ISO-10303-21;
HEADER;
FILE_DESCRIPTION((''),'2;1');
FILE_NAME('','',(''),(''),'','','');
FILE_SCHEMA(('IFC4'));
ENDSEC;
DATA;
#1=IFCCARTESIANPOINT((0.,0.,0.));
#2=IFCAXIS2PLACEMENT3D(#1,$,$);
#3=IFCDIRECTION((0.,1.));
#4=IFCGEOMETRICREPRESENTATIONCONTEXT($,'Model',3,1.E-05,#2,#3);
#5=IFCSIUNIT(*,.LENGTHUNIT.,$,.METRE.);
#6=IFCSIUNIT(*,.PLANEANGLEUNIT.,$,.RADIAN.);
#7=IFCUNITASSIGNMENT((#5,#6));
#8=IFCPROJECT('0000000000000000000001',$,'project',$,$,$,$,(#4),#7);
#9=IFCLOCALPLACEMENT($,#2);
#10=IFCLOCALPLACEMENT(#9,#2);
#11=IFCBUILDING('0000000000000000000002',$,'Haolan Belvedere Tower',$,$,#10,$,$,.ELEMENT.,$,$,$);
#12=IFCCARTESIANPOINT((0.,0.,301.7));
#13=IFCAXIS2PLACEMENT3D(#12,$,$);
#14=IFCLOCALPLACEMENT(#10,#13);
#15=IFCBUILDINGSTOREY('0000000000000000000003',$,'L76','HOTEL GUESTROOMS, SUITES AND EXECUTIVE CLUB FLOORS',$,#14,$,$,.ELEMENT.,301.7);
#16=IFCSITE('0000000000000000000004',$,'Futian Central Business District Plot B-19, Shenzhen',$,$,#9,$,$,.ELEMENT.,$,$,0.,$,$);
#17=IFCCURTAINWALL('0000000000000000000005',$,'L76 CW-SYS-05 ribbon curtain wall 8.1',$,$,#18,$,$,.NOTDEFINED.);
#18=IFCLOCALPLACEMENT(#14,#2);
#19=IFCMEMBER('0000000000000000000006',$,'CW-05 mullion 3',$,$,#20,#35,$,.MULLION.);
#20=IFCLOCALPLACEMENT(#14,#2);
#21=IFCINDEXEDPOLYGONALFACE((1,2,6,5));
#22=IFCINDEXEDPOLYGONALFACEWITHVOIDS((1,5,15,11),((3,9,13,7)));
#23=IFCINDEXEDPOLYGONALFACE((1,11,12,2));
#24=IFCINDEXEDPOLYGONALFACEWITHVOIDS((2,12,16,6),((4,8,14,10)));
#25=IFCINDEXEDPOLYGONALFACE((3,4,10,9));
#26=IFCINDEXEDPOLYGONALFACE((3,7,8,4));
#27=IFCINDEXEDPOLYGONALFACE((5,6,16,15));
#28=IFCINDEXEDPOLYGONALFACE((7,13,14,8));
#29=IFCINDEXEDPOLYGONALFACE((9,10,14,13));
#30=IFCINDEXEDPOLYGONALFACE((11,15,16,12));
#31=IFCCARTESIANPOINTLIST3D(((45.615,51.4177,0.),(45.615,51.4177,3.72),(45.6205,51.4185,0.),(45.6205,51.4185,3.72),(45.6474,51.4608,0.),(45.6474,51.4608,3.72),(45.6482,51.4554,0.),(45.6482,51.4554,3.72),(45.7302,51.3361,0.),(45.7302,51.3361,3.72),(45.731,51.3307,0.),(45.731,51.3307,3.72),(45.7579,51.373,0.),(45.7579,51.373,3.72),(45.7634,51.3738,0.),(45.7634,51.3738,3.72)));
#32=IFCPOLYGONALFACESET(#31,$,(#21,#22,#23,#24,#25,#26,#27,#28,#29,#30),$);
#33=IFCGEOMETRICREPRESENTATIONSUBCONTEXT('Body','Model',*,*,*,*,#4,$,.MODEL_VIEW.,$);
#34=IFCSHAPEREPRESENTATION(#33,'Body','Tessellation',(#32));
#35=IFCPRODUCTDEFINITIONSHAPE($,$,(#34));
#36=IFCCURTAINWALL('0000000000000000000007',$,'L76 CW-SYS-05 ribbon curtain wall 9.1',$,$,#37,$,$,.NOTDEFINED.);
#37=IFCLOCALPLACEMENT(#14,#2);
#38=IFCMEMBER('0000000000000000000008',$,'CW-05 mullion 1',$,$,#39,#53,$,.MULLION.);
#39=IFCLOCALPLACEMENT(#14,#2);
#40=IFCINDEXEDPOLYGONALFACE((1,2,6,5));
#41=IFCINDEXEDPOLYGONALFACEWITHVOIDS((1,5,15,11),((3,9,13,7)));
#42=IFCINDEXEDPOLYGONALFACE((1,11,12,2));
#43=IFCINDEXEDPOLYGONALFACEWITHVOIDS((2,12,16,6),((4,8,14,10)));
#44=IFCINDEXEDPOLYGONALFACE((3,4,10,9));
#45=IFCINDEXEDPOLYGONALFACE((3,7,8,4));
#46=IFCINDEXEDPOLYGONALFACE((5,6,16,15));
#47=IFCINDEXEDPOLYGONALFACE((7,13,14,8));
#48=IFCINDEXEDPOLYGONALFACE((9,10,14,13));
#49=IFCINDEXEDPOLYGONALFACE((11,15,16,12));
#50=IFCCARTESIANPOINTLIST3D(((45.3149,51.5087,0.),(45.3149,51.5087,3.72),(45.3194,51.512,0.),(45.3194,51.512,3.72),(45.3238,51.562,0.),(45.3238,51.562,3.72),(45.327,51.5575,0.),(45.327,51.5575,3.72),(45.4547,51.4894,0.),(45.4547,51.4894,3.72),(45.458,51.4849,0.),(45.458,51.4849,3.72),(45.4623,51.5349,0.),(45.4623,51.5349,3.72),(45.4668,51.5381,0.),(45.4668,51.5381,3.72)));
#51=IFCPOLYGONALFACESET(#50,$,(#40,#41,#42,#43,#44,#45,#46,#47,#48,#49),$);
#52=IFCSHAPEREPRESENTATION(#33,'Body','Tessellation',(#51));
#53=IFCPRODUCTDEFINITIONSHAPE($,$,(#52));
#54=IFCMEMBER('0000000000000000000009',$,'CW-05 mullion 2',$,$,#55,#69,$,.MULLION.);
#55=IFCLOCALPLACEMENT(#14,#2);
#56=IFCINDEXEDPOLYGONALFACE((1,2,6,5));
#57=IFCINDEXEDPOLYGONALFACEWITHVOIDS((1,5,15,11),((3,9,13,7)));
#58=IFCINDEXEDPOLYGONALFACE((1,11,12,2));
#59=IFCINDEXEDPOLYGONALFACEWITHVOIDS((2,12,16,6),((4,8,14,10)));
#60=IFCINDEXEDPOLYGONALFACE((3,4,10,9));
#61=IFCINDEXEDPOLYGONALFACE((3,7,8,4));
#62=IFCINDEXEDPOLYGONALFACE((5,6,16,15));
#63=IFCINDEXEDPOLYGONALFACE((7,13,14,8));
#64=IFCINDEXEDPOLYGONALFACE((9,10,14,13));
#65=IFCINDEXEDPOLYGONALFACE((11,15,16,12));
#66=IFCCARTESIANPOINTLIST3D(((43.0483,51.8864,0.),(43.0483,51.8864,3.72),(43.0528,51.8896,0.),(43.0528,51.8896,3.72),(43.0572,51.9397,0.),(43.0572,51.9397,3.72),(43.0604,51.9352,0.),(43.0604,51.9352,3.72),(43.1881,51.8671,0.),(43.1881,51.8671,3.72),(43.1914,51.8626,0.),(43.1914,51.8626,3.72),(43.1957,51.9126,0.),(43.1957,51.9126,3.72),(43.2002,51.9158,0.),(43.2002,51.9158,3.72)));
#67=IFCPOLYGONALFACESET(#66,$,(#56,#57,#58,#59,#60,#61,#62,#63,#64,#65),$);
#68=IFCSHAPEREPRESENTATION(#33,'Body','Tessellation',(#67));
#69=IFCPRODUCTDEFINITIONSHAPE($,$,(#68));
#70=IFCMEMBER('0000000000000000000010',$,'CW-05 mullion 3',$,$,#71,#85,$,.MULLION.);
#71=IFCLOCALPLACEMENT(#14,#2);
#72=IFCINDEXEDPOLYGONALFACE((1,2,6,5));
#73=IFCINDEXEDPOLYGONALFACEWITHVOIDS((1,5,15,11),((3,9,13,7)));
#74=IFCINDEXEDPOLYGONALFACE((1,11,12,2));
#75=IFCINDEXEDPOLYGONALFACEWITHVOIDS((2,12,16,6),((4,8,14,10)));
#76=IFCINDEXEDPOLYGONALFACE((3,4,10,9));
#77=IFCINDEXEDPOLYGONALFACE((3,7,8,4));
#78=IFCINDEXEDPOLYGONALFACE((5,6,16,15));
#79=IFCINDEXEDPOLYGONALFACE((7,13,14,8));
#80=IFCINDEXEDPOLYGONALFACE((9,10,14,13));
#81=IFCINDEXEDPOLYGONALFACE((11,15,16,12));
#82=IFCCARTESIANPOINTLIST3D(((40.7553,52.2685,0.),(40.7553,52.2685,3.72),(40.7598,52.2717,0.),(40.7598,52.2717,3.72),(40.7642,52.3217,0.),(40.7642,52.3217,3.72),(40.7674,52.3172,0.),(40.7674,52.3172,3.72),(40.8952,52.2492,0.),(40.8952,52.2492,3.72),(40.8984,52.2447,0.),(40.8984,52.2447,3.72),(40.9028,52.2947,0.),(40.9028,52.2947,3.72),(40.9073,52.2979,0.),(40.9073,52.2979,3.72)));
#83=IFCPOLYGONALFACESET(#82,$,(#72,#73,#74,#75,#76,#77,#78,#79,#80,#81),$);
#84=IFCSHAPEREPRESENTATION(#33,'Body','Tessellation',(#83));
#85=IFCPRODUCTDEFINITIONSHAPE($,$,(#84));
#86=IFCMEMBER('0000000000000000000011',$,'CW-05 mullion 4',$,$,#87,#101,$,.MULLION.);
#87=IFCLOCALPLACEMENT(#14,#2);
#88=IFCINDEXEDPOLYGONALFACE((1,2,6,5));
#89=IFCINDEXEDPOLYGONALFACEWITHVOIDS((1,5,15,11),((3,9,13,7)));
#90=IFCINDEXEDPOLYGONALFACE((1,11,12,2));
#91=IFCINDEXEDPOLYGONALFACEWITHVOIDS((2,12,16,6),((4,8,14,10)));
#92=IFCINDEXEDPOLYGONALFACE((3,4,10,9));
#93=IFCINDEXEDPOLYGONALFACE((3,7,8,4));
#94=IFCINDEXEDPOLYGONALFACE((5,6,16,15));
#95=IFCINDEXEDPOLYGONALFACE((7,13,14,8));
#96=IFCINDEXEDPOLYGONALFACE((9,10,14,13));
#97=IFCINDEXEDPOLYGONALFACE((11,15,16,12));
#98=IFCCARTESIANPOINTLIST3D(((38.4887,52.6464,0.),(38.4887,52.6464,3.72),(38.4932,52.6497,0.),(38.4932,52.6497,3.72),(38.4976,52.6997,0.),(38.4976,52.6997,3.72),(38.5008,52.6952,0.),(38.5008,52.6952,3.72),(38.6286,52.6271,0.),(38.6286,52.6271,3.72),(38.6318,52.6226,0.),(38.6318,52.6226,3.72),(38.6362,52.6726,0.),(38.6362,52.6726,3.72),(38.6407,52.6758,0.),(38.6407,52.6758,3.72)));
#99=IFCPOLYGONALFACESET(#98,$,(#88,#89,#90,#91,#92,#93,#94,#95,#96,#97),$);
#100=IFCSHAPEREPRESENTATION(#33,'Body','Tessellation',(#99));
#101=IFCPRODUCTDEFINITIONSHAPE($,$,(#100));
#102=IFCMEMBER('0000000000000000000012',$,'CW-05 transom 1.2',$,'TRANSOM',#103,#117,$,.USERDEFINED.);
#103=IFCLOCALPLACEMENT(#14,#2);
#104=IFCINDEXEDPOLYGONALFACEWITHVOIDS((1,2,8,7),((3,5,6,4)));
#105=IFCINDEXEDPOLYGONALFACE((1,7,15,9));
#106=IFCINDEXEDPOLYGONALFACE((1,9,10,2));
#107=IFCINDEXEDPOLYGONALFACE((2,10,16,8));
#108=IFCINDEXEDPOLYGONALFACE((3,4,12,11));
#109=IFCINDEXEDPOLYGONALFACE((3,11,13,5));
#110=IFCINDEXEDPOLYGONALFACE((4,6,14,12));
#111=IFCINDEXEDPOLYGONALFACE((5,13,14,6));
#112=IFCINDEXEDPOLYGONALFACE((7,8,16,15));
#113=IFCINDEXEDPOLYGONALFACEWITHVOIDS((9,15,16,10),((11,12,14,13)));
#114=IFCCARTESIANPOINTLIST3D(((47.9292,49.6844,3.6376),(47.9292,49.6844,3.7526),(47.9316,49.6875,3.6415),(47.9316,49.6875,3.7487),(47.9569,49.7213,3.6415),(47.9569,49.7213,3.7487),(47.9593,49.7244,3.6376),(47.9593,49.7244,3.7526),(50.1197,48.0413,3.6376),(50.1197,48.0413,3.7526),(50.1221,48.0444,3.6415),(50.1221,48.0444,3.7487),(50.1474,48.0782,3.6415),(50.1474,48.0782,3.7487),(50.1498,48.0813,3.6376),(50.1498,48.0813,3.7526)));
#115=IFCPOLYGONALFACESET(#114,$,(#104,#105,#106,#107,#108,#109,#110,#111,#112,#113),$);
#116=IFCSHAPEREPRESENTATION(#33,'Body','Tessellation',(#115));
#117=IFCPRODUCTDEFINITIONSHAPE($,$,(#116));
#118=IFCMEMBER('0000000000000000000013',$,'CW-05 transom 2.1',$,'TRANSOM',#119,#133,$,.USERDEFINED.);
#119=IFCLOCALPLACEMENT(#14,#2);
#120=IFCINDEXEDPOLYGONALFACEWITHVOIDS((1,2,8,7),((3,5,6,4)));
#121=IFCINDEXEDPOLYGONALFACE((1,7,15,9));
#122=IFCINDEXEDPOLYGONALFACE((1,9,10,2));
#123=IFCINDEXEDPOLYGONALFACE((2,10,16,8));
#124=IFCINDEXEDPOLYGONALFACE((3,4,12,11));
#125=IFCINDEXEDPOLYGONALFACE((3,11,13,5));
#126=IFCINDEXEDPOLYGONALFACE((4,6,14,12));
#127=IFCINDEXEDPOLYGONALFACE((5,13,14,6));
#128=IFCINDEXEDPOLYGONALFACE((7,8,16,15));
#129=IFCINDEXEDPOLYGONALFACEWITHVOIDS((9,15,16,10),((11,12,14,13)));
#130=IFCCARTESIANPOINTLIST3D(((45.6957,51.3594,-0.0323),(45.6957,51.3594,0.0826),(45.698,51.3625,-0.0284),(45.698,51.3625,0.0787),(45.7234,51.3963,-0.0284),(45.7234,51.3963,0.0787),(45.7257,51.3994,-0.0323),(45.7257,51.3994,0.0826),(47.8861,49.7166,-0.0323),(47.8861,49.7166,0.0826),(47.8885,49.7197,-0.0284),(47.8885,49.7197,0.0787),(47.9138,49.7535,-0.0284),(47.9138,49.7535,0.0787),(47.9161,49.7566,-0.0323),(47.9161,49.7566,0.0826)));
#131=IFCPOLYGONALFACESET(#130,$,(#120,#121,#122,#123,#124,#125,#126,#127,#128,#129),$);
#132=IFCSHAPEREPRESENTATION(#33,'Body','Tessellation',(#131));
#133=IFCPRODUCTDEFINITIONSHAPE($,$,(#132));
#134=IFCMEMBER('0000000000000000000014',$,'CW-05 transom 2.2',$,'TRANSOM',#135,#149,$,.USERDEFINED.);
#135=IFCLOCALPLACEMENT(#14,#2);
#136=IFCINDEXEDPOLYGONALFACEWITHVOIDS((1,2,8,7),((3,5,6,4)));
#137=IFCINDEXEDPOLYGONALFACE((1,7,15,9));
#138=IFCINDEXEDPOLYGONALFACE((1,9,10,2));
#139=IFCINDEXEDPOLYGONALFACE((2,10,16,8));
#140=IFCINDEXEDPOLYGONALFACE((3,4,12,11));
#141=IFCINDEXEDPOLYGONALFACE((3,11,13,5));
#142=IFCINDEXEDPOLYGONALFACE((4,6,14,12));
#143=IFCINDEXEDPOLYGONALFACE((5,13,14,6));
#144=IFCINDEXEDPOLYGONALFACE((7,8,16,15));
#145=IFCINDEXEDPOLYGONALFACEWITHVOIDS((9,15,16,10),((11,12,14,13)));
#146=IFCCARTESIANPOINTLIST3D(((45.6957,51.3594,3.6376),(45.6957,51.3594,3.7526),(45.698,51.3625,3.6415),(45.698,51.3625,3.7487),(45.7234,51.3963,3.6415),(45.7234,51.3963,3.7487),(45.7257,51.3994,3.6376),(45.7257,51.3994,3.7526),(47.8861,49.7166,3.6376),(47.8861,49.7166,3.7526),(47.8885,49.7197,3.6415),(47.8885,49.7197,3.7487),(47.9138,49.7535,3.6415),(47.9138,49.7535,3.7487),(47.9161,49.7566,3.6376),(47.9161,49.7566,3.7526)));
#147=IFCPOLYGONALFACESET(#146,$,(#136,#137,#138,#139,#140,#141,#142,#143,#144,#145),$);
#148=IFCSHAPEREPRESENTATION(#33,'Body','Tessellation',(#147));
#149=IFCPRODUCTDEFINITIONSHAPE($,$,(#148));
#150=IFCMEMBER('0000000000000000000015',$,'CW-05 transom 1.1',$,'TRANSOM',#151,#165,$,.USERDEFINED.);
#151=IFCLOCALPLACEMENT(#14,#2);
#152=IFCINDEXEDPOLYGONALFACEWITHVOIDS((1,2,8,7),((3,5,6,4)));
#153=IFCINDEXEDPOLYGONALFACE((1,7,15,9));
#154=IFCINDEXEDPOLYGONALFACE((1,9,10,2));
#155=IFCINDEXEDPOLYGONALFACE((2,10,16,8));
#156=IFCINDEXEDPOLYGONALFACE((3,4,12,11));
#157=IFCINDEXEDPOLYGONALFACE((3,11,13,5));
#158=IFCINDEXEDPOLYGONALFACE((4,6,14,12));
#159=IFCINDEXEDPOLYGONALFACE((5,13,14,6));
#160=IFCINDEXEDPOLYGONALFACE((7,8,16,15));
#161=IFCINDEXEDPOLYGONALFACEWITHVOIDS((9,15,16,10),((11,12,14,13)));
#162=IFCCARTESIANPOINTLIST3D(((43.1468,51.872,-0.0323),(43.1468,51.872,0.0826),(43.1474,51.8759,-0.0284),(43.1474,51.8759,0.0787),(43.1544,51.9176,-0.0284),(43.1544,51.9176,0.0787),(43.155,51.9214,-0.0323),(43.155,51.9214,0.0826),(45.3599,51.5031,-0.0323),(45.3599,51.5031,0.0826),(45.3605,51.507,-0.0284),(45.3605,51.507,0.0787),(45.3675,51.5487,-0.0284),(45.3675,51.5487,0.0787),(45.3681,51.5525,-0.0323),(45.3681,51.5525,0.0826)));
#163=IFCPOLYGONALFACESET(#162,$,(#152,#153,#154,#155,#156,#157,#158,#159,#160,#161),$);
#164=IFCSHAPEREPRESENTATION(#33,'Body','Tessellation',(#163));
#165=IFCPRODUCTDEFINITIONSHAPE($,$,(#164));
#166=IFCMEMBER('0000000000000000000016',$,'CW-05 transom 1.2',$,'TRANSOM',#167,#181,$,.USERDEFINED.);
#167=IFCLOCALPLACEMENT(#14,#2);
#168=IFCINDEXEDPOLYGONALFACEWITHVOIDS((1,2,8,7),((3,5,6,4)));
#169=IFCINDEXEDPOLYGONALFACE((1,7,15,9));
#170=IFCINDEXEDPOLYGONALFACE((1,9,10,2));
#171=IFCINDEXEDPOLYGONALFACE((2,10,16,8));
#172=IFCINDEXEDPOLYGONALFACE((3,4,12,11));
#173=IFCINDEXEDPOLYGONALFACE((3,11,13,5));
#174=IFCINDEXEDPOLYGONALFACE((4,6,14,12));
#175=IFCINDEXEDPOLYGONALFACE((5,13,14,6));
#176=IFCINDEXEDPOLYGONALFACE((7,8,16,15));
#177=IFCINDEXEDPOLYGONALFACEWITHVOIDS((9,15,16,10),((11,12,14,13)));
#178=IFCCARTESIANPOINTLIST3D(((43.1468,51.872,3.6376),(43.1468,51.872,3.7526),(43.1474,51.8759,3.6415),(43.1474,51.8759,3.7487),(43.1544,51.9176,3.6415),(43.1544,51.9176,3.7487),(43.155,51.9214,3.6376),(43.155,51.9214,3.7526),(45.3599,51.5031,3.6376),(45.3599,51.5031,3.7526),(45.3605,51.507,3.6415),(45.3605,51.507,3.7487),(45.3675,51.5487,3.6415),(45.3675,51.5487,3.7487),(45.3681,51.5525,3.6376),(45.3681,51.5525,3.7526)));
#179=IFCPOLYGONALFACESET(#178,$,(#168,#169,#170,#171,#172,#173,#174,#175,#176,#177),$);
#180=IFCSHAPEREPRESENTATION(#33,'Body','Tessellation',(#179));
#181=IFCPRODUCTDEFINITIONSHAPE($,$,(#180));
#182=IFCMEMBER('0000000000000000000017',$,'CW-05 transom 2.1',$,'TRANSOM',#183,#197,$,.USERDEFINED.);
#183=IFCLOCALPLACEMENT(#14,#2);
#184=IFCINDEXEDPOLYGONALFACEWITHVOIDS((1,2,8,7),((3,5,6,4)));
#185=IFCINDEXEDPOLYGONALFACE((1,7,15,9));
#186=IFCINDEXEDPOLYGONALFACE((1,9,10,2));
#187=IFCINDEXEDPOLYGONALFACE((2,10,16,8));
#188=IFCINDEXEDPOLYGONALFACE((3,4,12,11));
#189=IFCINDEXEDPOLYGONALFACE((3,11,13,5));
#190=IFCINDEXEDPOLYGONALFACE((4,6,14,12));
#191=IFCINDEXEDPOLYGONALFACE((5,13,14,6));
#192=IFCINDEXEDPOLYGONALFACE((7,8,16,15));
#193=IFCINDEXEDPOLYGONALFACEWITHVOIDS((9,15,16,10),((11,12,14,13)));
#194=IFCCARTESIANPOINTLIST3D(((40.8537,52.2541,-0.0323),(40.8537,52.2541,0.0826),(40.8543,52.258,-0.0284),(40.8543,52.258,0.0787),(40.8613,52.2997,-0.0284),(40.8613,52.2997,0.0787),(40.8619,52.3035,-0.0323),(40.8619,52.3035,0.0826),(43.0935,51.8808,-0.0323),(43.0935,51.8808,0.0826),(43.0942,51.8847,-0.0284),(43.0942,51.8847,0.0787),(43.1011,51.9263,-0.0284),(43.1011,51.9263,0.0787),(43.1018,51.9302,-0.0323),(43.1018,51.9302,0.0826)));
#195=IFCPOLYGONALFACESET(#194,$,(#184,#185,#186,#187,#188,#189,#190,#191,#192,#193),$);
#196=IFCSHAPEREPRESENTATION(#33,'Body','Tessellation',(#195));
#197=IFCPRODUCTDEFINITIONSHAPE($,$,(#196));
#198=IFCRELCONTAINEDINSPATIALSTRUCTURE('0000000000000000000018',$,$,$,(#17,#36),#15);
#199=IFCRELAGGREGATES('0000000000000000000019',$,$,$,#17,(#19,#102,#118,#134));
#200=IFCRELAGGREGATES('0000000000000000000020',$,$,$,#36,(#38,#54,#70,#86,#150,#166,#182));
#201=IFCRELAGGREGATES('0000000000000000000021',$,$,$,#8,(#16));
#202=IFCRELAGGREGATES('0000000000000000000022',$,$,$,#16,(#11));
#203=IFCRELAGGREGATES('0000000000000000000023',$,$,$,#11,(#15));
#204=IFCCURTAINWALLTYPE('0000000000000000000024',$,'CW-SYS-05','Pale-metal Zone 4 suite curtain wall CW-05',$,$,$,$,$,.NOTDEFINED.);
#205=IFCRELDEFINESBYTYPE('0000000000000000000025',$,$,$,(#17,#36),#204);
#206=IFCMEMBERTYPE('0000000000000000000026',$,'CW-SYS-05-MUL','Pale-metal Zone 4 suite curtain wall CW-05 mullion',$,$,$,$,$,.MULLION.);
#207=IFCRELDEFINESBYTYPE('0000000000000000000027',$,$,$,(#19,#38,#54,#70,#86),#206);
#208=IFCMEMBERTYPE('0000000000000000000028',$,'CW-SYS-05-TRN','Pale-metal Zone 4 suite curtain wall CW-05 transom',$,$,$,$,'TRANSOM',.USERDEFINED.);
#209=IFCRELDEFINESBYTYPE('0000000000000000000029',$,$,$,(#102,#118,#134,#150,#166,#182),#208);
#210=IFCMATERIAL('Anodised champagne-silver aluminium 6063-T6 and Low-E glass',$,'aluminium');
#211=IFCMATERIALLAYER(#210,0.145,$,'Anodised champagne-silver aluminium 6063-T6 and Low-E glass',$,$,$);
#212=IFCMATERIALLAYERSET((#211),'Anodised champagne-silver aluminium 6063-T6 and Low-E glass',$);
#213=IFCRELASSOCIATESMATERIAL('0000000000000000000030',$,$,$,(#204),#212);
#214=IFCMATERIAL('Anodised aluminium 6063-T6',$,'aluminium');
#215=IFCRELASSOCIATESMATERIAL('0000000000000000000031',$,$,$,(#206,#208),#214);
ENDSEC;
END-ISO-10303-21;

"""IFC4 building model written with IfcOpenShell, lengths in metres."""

from ifc_helpers import new_model, si_unit, direction, frame, origin, origin_2d, place, context, subcontext, project, spatial, hollow_rectangle, extrude, material, layer, layer_set, material_profile, profile_set, type_object, element, aggregate, save


model = new_model("IFC4")

# Units and contexts
model_context = context("Model", 3, precision=1e-05, world=origin(), true_north=direction((0.0, 1.0)))
body_context = subcontext(model_context, "Body", "Model", "MODEL_VIEW")
ifc_project = project(units=[si_unit("LENGTHUNIT", "METRE"), si_unit("PLANEANGLEUNIT", "RADIAN")], contexts=[model_context])

# Site, building, storey
site_placement = place(None, origin())
site = spatial("IfcSite", under=ifc_project, at=site_placement, Name="Futian Central Business District Plot B-19, Shenzhen", CompositionType="ELEMENT", RefElevation=0.0)
building_placement = place(site_placement, origin())
building = spatial("IfcBuilding", under=site, at=building_placement, Name="Haolan Belvedere Tower", CompositionType="ELEMENT")
storey_placement = place(building_placement, frame((0.0, 0.0, 301.7)))
storey = spatial("IfcBuildingStorey", under=building, at=storey_placement, Name="L76", Description="HOTEL GUESTROOMS, SUITES AND EXECUTIVE CLUB FLOORS", CompositionType="ELEMENT", Elevation=301.7)

# Curtain walls, members
ifc_material_1 = material(Name="Anodised champagne-silver aluminium 6063-T6 and Low-E glass", Category="aluminium")
ifc_layer_1 = layer(ifc_material_1, 0.145, Name="Anodised champagne-silver aluminium 6063-T6 and Low-E glass")
ifc_layer_set_1 = layer_set([ifc_layer_1], Name="Anodised champagne-silver aluminium 6063-T6 and Low-E glass")
curtain_wall_type = type_object("IfcCurtainWallType", Name="CW-SYS-05", Description="Pale-metal Zone 4 suite curtain wall CW-05", PredefinedType="NOTDEFINED", material=ifc_layer_set_1)
curtain_wall_1_placement = place(storey_placement, origin())
curtain_wall_1 = element("IfcCurtainWall", 1, at=curtain_wall_1_placement, inside=storey, type_object=curtain_wall_type, Name="L76 CW-SYS-05 ribbon curtain wall 8.1", PredefinedType="NOTDEFINED")
ifc_material_2 = material(Name="Anodised aluminium 6063-T6", Category="aluminium")
ifc_material_profile_1 = material_profile(ifc_material_2, hollow_rectangle(XDim=0.054, YDim=0.145, WallThickness=0.0039, at=origin_2d()), Name="Anodised aluminium 6063-T6")
ifc_profile_set_1 = profile_set([ifc_material_profile_1], Name="Anodised aluminium 6063-T6")
member_type_1 = type_object("IfcMemberType", Name="CW-SYS-05-MUL", Description="Pale-metal Zone 4 suite curtain wall CW-05 mullion", PredefinedType="MULLION", material=ifc_profile_set_1)
member_1_placement = place(storey_placement, frame((45.6892, 51.3958, 0.0), z_axis=(0.0, 0.0, 1.0), x_axis=(-0.600003, -0.799998, 0.0)))
member_1 = element("IfcMember", 2, at=member_1_placement, type_object=member_type_1, Name="CW-05 mullion 3", PredefinedType="MULLION", context=body_context, shape_type="SweptSolid", body=[
    extrude(hollow_rectangle(XDim=0.054, YDim=0.145, WallThickness=0.0039, at=origin_2d()), origin(), (0.0, 0.0, 1.0), 3.72),
])
curtain_wall_2_placement = place(storey_placement, origin())
curtain_wall_2 = element("IfcCurtainWall", 3, at=curtain_wall_2_placement, inside=storey, type_object=curtain_wall_type, Name="L76 CW-SYS-05 ribbon curtain wall 9.1", PredefinedType="NOTDEFINED")
member_2_placement = place(storey_placement, frame((45.3909, 51.5234, 0.0), z_axis=(0.0, 0.0, 1.0), x_axis=(-0.164406, -0.986393, 0.0)))
member_2 = element("IfcMember", 4, at=member_2_placement, type_object=member_type_1, Name="CW-05 mullion 1", PredefinedType="MULLION", context=body_context, shape_type="SweptSolid", body=[
    extrude(hollow_rectangle(XDim=0.054, YDim=0.145, WallThickness=0.0039, at=origin_2d()), origin(), (0.0, 0.0, 1.0), 3.72),
])
member_3_placement = place(storey_placement, frame((43.1243, 51.9011, 0.0), z_axis=(0.0, 0.0, 1.0), x_axis=(-0.164406, -0.986393, 0.0)))
member_3 = element("IfcMember", 5, at=member_3_placement, type_object=member_type_1, Name="CW-05 mullion 2", PredefinedType="MULLION", context=body_context, shape_type="SweptSolid", body=[
    extrude(hollow_rectangle(XDim=0.054, YDim=0.145, WallThickness=0.0039, at=origin_2d()), origin(), (0.0, 0.0, 1.0), 3.72),
])
member_4_placement = place(storey_placement, frame((40.8313, 52.2832, 0.0), z_axis=(0.0, 0.0, 1.0), x_axis=(-0.164406, -0.986393, 0.0)))
member_4 = element("IfcMember", 6, at=member_4_placement, type_object=member_type_1, Name="CW-05 mullion 3", PredefinedType="MULLION", context=body_context, shape_type="SweptSolid", body=[
    extrude(hollow_rectangle(XDim=0.054, YDim=0.145, WallThickness=0.0039, at=origin_2d()), origin(), (0.0, 0.0, 1.0), 3.72),
])
member_5_placement = place(storey_placement, frame((38.5647, 52.6611, 0.0), z_axis=(0.0, 0.0, 1.0), x_axis=(-0.164406, -0.986393, 0.0)))
member_5 = element("IfcMember", 7, at=member_5_placement, type_object=member_type_1, Name="CW-05 mullion 4", PredefinedType="MULLION", context=body_context, shape_type="SweptSolid", body=[
    extrude(hollow_rectangle(XDim=0.054, YDim=0.145, WallThickness=0.0039, at=origin_2d()), origin(), (0.0, 0.0, 1.0), 3.72),
])

# Members
ifc_material_profile_2 = material_profile(ifc_material_2, hollow_rectangle(XDim=0.05, YDim=0.115, WallThickness=0.0039, at=origin_2d()), Name="Anodised aluminium 6063-T6")
ifc_profile_set_2 = profile_set([ifc_material_profile_2], Name="Anodised aluminium 6063-T6")
member_type_2 = type_object("IfcMemberType", Name="CW-SYS-05-TRN", Description="Pale-metal Zone 4 suite curtain wall CW-05 transom", ElementType="TRANSOM", PredefinedType="USERDEFINED", material=ifc_profile_set_2)
member_6_placement = place(storey_placement, frame((50.1348, 48.0613, 3.6951), z_axis=(-0.799957, 0.600057, 0.0), x_axis=(-0.600057, -0.799957, 0.0)))
member_6 = element("IfcMember", 8, at=member_6_placement, type_object=member_type_2, Name="CW-05 transom 1.2", ObjectType="TRANSOM", PredefinedType="USERDEFINED", context=body_context, shape_type="SweptSolid", body=[
    extrude(hollow_rectangle(XDim=0.05, YDim=0.115, WallThickness=0.0039, at=origin_2d()), origin(), (0.0, 0.0, 1.0), 2.7383),
])
member_7_placement = place(storey_placement, frame((47.9011, 49.7366, 0.0251), z_axis=(-0.8, 0.6, 0.0), x_axis=(-0.6, -0.8, 0.0)))
member_7 = element("IfcMember", 9, at=member_7_placement, type_object=member_type_2, Name="CW-05 transom 2.1", ObjectType="TRANSOM", PredefinedType="USERDEFINED", context=body_context, shape_type="SweptSolid", body=[
    extrude(hollow_rectangle(XDim=0.05, YDim=0.115, WallThickness=0.0039, at=origin_2d()), origin(), (0.0, 0.0, 1.0), 2.738),
])
member_8_placement = place(storey_placement, frame((47.9011, 49.7366, 3.6951), z_axis=(-0.8, 0.6, 0.0), x_axis=(-0.6, -0.8, 0.0)))
member_8 = element("IfcMember", 10, at=member_8_placement, type_object=member_type_2, Name="CW-05 transom 2.2", ObjectType="TRANSOM", PredefinedType="USERDEFINED", context=body_context, shape_type="SweptSolid", body=[
    extrude(hollow_rectangle(XDim=0.05, YDim=0.115, WallThickness=0.0039, at=origin_2d()), origin(), (0.0, 0.0, 1.0), 2.738),
])
member_9_placement = place(storey_placement, frame((45.364, 51.5278, 0.0251), z_axis=(-0.986391, 0.164417, 0.0), x_axis=(-0.164417, -0.986391, 0.0)))
member_9 = element("IfcMember", 11, at=member_9_placement, type_object=member_type_2, Name="CW-05 transom 1.1", ObjectType="TRANSOM", PredefinedType="USERDEFINED", context=body_context, shape_type="SweptSolid", body=[
    extrude(hollow_rectangle(XDim=0.05, YDim=0.115, WallThickness=0.0039, at=origin_2d()), origin(), (0.0, 0.0, 1.0), 2.2437),
])
member_10_placement = place(storey_placement, frame((45.364, 51.5278, 3.6951), z_axis=(-0.986391, 0.164417, 0.0), x_axis=(-0.164417, -0.986391, 0.0)))
member_10 = element("IfcMember", 12, at=member_10_placement, type_object=member_type_2, Name="CW-05 transom 1.2", ObjectType="TRANSOM", PredefinedType="USERDEFINED", context=body_context, shape_type="SweptSolid", body=[
    extrude(hollow_rectangle(XDim=0.05, YDim=0.115, WallThickness=0.0039, at=origin_2d()), origin(), (0.0, 0.0, 1.0), 2.2437),
])
member_11_placement = place(storey_placement, frame((43.0977, 51.9055, 0.0251), z_axis=(-0.986394, 0.164399, 0.0), x_axis=(-0.164399, -0.986394, 0.0)))
member_11 = element("IfcMember", 13, at=member_11_placement, type_object=member_type_2, Name="CW-05 transom 2.1", ObjectType="TRANSOM", PredefinedType="USERDEFINED", context=body_context, shape_type="SweptSolid", body=[
    extrude(hollow_rectangle(XDim=0.05, YDim=0.115, WallThickness=0.0039, at=origin_2d()), origin(), (0.0, 0.0, 1.0), 2.2708),
])

aggregate(curtain_wall_1, [member_1, member_6, member_7, member_8])
aggregate(curtain_wall_2, [member_2, member_3, member_4, member_5, member_9, member_10, member_11])

save(model, "model.ifc")
